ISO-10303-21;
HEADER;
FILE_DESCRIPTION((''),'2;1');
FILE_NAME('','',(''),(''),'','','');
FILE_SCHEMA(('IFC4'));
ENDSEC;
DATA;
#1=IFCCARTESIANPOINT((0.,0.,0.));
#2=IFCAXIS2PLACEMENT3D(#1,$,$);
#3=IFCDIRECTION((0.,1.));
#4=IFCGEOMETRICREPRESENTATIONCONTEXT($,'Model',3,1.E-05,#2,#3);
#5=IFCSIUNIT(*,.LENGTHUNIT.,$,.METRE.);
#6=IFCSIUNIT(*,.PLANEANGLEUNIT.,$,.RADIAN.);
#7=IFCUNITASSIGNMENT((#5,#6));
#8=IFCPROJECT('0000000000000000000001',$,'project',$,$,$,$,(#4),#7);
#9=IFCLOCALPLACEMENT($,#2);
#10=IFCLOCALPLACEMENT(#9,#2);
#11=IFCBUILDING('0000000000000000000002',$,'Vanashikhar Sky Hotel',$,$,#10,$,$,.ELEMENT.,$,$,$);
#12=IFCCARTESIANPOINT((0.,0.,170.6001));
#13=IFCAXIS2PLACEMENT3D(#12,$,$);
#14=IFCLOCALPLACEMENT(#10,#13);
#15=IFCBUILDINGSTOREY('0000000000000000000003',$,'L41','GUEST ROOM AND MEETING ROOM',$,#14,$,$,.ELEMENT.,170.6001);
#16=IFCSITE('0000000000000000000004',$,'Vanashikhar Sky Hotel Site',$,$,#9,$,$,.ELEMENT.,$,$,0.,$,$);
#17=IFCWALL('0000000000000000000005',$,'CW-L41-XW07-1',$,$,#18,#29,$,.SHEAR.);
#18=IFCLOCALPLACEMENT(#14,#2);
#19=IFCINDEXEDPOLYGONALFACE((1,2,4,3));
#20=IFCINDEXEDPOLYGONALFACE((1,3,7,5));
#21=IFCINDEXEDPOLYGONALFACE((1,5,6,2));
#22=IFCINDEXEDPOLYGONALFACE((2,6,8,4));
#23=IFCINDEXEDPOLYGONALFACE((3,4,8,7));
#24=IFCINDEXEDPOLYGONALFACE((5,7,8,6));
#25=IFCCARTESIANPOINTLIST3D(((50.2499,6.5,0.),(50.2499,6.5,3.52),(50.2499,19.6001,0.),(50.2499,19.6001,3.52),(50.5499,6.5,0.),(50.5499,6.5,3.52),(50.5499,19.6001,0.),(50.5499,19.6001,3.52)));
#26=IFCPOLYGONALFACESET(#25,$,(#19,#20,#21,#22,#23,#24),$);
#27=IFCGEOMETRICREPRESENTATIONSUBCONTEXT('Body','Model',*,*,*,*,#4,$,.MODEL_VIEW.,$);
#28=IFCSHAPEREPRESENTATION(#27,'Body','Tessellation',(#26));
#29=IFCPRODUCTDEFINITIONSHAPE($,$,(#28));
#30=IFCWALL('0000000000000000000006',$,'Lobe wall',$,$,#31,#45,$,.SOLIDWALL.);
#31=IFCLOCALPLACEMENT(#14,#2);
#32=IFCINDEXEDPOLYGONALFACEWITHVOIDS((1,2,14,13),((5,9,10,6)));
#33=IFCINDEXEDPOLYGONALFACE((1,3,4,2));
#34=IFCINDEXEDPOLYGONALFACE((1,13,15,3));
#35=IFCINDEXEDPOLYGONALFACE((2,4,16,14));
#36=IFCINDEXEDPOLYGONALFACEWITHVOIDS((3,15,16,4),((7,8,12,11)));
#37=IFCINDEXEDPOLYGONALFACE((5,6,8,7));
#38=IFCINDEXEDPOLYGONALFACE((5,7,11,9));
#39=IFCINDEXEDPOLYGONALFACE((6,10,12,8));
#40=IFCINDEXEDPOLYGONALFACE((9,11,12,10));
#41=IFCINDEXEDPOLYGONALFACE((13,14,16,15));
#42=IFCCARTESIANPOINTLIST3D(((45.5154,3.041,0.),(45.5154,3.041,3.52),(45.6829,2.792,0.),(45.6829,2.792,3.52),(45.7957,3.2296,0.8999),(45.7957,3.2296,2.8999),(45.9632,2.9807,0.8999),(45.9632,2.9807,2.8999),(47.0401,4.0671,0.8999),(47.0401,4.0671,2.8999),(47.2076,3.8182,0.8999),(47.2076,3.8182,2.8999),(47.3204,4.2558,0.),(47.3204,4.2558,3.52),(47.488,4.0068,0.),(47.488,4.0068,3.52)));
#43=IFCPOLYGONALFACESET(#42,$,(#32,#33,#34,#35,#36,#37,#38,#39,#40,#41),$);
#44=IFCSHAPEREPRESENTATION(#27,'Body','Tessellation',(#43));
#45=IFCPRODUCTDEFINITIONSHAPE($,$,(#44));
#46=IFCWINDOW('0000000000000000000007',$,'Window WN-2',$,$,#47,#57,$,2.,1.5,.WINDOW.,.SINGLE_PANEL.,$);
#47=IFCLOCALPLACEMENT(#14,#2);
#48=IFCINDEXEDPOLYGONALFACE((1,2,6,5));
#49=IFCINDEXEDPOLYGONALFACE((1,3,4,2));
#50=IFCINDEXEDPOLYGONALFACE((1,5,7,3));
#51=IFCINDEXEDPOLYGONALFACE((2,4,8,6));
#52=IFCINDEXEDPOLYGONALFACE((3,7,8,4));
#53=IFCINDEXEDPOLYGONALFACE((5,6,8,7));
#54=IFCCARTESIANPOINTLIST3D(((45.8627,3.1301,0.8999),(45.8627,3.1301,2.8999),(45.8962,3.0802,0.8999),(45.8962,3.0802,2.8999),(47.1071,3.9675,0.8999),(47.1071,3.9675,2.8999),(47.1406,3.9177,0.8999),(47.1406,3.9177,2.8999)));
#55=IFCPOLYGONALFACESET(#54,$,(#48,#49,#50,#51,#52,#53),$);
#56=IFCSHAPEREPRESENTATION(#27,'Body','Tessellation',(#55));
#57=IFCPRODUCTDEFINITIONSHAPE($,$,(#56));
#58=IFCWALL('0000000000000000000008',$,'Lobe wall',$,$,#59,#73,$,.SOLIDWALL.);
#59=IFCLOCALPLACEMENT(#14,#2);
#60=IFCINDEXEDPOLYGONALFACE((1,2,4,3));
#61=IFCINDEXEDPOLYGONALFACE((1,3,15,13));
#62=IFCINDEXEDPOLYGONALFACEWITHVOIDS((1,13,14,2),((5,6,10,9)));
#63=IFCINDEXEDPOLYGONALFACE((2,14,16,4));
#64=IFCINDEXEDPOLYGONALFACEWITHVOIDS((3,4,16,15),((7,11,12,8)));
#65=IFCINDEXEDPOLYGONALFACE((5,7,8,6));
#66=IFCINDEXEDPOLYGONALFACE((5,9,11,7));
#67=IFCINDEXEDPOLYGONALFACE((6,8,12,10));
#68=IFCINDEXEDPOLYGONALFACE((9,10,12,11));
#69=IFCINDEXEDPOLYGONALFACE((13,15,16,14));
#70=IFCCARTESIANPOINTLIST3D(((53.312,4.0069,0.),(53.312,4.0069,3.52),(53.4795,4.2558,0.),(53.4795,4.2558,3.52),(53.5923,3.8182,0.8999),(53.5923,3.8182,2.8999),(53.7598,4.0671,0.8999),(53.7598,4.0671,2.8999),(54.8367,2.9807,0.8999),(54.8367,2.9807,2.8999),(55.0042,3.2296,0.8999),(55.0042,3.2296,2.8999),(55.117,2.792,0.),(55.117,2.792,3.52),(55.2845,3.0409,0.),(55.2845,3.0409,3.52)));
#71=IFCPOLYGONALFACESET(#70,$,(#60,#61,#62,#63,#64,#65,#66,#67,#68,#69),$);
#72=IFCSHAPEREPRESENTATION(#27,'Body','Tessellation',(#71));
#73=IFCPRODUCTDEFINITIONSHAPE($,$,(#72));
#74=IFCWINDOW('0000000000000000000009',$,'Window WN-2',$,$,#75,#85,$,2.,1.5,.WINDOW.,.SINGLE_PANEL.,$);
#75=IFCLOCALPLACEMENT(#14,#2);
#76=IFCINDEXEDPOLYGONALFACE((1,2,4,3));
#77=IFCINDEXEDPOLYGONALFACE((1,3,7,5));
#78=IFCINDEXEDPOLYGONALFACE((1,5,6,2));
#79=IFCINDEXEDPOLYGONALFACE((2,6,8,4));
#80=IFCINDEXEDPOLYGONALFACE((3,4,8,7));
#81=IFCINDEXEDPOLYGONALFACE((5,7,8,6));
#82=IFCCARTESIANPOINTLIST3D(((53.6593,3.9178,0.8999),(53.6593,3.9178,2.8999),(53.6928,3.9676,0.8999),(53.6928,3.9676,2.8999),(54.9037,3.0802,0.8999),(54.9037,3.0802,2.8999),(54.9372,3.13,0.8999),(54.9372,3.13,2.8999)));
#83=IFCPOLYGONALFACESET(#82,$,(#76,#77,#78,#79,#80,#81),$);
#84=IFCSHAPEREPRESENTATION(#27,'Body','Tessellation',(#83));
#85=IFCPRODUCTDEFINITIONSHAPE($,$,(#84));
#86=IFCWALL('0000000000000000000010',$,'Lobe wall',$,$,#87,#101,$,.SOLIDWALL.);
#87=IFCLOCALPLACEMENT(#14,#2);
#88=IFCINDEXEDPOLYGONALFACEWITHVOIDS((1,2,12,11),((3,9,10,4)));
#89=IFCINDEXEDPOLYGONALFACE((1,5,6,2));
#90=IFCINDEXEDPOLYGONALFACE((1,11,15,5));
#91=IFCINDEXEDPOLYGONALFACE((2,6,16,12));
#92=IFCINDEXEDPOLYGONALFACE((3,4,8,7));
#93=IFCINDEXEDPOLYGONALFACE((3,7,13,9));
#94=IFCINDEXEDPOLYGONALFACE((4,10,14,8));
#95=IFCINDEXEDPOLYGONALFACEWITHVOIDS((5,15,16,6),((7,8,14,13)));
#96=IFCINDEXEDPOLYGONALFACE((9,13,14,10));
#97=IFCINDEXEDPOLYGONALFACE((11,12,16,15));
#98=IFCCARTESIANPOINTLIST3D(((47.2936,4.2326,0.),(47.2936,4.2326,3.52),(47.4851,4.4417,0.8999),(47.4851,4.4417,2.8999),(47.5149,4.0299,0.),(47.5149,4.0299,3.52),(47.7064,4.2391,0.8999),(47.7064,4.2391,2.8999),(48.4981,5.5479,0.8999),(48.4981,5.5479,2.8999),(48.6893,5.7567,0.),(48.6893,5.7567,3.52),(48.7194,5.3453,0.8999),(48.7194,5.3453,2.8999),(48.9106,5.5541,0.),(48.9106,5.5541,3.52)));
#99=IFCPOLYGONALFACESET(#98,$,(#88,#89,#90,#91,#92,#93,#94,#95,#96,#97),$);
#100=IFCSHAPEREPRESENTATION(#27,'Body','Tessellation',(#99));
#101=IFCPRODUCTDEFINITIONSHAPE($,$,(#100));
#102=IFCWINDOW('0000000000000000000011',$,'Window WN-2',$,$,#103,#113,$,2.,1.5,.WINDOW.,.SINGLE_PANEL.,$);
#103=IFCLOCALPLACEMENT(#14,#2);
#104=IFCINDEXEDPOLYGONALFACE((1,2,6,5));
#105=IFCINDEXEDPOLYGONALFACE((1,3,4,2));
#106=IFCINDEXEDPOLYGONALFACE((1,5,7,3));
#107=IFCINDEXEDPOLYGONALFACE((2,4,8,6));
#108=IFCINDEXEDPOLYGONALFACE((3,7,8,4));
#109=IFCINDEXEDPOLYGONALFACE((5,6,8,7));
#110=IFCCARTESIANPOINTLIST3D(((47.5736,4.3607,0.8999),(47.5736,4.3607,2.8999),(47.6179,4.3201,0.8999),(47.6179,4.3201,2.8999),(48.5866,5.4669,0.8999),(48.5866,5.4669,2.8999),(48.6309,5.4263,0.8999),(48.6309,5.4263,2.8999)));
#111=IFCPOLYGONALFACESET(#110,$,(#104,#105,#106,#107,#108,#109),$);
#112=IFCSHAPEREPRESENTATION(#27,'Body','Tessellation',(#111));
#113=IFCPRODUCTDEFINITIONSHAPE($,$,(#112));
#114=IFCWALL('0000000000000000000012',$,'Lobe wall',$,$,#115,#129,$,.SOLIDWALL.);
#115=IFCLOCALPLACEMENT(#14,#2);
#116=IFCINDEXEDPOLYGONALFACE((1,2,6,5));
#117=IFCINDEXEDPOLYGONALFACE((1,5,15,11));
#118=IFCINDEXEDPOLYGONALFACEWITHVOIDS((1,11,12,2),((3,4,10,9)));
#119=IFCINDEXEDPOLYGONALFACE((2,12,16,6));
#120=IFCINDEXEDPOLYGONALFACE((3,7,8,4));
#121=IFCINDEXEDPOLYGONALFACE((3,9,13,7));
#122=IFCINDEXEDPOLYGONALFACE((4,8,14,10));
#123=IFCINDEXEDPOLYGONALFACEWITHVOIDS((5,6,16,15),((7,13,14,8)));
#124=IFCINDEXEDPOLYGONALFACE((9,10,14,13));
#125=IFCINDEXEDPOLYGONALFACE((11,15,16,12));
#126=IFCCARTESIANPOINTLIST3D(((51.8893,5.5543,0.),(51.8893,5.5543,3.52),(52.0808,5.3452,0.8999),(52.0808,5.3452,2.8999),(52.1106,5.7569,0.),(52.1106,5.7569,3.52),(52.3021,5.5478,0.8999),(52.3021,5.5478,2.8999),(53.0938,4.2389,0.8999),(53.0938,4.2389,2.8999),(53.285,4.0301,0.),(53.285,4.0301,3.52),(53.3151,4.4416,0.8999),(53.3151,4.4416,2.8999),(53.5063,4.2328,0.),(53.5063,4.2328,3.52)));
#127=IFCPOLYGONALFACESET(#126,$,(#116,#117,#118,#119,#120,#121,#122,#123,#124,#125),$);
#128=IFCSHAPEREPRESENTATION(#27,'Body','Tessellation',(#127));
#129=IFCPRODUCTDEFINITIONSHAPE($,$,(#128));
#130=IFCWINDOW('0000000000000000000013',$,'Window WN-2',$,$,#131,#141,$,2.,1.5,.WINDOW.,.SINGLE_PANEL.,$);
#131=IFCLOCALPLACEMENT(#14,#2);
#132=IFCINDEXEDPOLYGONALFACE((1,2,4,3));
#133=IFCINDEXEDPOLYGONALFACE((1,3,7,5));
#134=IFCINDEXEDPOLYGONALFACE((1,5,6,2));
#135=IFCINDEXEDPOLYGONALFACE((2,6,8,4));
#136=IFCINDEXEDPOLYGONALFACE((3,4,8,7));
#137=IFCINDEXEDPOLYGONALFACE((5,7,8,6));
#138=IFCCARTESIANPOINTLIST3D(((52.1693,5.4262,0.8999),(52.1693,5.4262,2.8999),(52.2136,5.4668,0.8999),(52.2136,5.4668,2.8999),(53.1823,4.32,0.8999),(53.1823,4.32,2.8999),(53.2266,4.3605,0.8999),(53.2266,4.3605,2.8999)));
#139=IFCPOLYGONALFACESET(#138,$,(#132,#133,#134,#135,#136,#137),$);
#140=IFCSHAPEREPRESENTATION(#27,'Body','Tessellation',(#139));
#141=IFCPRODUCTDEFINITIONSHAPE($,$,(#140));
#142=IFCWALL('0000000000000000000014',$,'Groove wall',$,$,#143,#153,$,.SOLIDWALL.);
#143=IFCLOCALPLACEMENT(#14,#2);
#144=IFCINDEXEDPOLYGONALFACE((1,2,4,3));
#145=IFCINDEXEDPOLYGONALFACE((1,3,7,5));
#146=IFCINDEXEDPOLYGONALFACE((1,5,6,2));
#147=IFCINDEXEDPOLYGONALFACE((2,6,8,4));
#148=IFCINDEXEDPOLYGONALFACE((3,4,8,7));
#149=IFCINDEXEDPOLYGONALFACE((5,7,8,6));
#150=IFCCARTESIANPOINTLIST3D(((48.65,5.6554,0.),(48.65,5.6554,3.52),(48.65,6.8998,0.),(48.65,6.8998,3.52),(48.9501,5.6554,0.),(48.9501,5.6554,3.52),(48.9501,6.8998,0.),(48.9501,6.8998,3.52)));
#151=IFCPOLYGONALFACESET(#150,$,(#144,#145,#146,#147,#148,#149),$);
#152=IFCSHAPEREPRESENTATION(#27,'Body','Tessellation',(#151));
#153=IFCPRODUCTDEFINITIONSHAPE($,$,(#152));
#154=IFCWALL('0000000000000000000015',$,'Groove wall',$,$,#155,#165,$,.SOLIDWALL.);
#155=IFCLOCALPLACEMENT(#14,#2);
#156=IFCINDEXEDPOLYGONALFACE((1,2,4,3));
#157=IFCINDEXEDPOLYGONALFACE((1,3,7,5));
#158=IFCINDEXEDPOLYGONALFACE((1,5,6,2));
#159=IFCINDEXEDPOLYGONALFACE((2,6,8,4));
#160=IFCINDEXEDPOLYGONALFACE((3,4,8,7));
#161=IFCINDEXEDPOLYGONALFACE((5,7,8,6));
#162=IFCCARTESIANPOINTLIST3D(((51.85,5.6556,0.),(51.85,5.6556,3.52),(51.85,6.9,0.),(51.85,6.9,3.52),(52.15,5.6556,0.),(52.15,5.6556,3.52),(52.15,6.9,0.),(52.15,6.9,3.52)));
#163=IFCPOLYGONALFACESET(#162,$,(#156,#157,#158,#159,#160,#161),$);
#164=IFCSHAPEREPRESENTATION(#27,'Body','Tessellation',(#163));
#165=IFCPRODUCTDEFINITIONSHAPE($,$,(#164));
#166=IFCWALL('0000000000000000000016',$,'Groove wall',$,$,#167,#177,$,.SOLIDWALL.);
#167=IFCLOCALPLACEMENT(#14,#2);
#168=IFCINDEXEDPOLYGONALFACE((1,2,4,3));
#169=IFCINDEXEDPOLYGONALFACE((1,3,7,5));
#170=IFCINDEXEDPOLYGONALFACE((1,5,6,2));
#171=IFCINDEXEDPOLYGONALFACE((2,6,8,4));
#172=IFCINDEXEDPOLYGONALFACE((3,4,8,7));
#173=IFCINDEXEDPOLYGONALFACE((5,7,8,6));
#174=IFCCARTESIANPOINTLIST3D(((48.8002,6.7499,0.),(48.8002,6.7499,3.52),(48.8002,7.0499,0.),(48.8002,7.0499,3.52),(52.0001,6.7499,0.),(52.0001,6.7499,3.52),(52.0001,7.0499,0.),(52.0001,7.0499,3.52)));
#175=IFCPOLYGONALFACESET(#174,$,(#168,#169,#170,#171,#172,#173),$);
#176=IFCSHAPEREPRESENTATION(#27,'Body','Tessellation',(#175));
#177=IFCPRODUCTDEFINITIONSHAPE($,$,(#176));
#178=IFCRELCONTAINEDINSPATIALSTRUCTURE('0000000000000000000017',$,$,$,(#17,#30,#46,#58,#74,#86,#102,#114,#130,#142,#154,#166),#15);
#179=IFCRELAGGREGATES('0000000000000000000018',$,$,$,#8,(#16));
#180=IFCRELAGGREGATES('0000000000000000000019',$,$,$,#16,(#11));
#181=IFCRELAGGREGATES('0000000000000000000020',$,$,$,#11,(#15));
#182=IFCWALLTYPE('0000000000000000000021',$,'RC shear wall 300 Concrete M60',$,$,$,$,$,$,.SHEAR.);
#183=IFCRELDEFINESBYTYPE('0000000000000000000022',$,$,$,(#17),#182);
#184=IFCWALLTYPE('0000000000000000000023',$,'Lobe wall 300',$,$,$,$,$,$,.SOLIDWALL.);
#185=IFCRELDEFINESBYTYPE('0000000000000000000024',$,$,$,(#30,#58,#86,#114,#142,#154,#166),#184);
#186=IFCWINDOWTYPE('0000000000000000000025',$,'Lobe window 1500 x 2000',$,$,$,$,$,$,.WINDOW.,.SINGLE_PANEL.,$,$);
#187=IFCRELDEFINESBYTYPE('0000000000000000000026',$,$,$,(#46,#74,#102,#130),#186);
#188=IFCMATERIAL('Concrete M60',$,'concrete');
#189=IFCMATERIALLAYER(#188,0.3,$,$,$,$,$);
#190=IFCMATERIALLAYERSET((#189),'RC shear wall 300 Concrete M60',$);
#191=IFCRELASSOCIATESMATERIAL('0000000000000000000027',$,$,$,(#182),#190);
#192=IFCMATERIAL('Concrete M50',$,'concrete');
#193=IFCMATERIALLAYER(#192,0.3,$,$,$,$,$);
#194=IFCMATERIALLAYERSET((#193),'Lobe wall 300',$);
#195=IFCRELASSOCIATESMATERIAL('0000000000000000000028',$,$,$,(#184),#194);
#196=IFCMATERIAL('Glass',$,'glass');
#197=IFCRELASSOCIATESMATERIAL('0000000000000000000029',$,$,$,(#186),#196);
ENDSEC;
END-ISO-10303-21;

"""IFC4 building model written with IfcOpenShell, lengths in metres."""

from ifc_helpers import new_model, si_unit, direction, frame, frame_2d, origin, place, context, subcontext, project, spatial, rectangle, extrude, source, transform, mapped, material, layer, layer_set, type_object, element, fill, save


model = new_model("IFC4")

# Units and contexts
model_context = context("Model", 3, precision=1e-05, world=origin(), true_north=direction((0.0, 1.0)))
body_context = subcontext(model_context, "Body", "Model", "MODEL_VIEW")
ifc_project = project(units=[si_unit("LENGTHUNIT", "METRE"), si_unit("PLANEANGLEUNIT", "RADIAN")], contexts=[model_context])

# Site, building, storey
site_placement = place(None, origin())
site = spatial("IfcSite", under=ifc_project, at=site_placement, Name="Vanashikhar Sky Hotel Site", CompositionType="ELEMENT", RefElevation=0.0)
building_placement = place(site_placement, origin())
building = spatial("IfcBuilding", under=site, at=building_placement, Name="Vanashikhar Sky Hotel", CompositionType="ELEMENT")
storey_placement = place(building_placement, frame((0.0, 0.0, 170.6001)))
storey = spatial("IfcBuildingStorey", under=building, at=storey_placement, Name="L41", Description="GUEST ROOM AND MEETING ROOM", CompositionType="ELEMENT", Elevation=170.6001)

# Wall
ifc_material_1 = material(Name="Concrete M60", Category="concrete")
ifc_layer_1 = layer(ifc_material_1, 0.3)
ifc_layer_set_1 = layer_set([ifc_layer_1], Name="RC shear wall 300 Concrete M60")
wall_type_1 = type_object("IfcWallType", Name="RC shear wall 300 Concrete M60", PredefinedType="SHEAR", material=ifc_layer_set_1)
shared_shape_1 = source(origin(), body_context, "Body", "SweptSolid", [
    extrude(rectangle(XDim=13.1001, YDim=0.3, at=frame_2d((6.55, 0.0))), origin(), (0.0, 0.0, 1.0), 3.52),
])
wall_1_placement = place(storey_placement, frame((50.3999, 6.5, 0.0), z_axis=(0.0, 0.0, 1.0), x_axis=(0.0, 1.0, 0.0)))
element("IfcWall", 1, at=wall_1_placement, inside=storey, type_object=wall_type_1, Name="CW-L41-XW07-1", PredefinedType="SHEAR", context=body_context, shape_type="MappedRepresentation", body=[
    mapped(shared_shape_1, transform((0.0, 0.0, 0.0), scale=1.0)),
])

# Walls, openings, windows
ifc_material_2 = material(Name="Concrete M50", Category="concrete")
ifc_layer_2 = layer(ifc_material_2, 0.3)
ifc_layer_set_2 = layer_set([ifc_layer_2], Name="Lobe wall 300")
wall_type_2 = type_object("IfcWallType", Name="Lobe wall 300", PredefinedType="SOLIDWALL", material=ifc_layer_set_2)
shared_shape_2 = source(origin(), body_context, "Body", "SweptSolid", [
    extrude(rectangle(XDim=2.1758, YDim=0.3, at=frame_2d((1.0879, 0.0))), origin(), (0.0, 0.0, 1.0), 3.52),
])
wall_2_placement = place(storey_placement, frame((45.5991, 2.9165, 0.0), z_axis=(0.0, 0.0, 1.0), x_axis=(0.829626, 0.55832, 0.0)))
wall_2 = element("IfcWall", 2, at=wall_2_placement, inside=storey, type_object=wall_type_2, Name="Lobe wall", PredefinedType="SOLIDWALL", context=body_context, shape_type="MappedRepresentation", body=[
    mapped(shared_shape_2, transform((0.0, 0.0, 0.0), scale=1.0)),
])
shared_shape_3 = source(origin(), body_context, "Body", "SweptSolid", [
    extrude(rectangle(XDim=1.5, YDim=2.0, at=frame_2d((0.75, 1.0))), frame((0.0, 0.1602, 0.0), z_axis=(0.0, -1.0, 0.0), x_axis=(1.0, 0.0, 0.0)), (0.0, 0.0, 1.0), 0.3201),
])
opening_1_placement = place(wall_2_placement, frame((0.3379, 0.0, 0.8999)))
opening_1 = element("IfcOpeningElement", 3, at=opening_1_placement, cuts=wall_2, PredefinedType="OPENING", context=body_context, shape_type="MappedRepresentation", body=[
    mapped(shared_shape_3, transform((0.0, 0.0, 0.0), scale=1.0)),
])
ifc_material_3 = material(Name="Glass", Category="glass")
window_type = type_object("IfcWindowType", Name="Lobe window 1500 x 2000", PartitioningType="SINGLE_PANEL", PredefinedType="WINDOW", material=ifc_material_3)
shared_shape_4 = source(origin(), body_context, "Body", "SweptSolid", [
    extrude(rectangle(XDim=1.5, YDim=2.0, at=frame_2d((0.75, 1.0))), frame((0.0, 0.03, 0.0), z_axis=(0.0, -1.0, 0.0), x_axis=(1.0, 0.0, 0.0)), (0.0, 0.0, 1.0), 0.0601),
])
window_1_placement = place(opening_1_placement, origin())
window_1 = element("IfcWindow", 4, at=window_1_placement, inside=storey, type_object=window_type, Name="Window WN-2", OverallHeight=2.0, OverallWidth=1.5, PartitioningType="SINGLE_PANEL", PredefinedType="WINDOW", context=body_context, shape_type="MappedRepresentation", body=[
    mapped(shared_shape_4, transform((0.0, 0.0, 0.0), scale=1.0)),
])
fill(opening_1, window_1)
wall_3_placement = place(storey_placement, frame((53.3958, 4.1313, 0.0), z_axis=(0.0, 0.0, 1.0), x_axis=(0.829591, -0.558372, 0.0)))
wall_3 = element("IfcWall", 5, at=wall_3_placement, inside=storey, type_object=wall_type_2, Name="Lobe wall", PredefinedType="SOLIDWALL", context=body_context, shape_type="MappedRepresentation", body=[
    mapped(shared_shape_2, transform((0.0, 0.0, 0.0), scale=1.0)),
])
opening_2_placement = place(wall_3_placement, frame((0.3379, 0.0, 0.8999)))
opening_2 = element("IfcOpeningElement", 6, at=opening_2_placement, cuts=wall_3, PredefinedType="OPENING", context=body_context, shape_type="MappedRepresentation", body=[
    mapped(shared_shape_3, transform((0.0, 0.0, 0.0), scale=1.0)),
])
window_2_placement = place(opening_2_placement, origin())
window_2 = element("IfcWindow", 7, at=window_2_placement, inside=storey, type_object=window_type, Name="Window WN-2", OverallHeight=2.0, OverallWidth=1.5, PartitioningType="SINGLE_PANEL", PredefinedType="WINDOW", context=body_context, shape_type="MappedRepresentation", body=[
    mapped(shared_shape_4, transform((0.0, 0.0, 0.0), scale=1.0)),
])
fill(opening_2, window_2)
shared_shape_5 = source(origin(), body_context, "Body", "SweptSolid", [
    extrude(rectangle(XDim=2.0667, YDim=0.3, at=frame_2d((1.0332, 0.0))), origin(), (0.0, 0.0, 1.0), 3.52),
])
wall_4_placement = place(storey_placement, frame((47.4043, 4.1313, 0.0), z_axis=(0.0, 0.0, 1.0), x_axis=(0.675355, 0.737492, 0.0)))
wall_4 = element("IfcWall", 8, at=wall_4_placement, inside=storey, type_object=wall_type_2, Name="Lobe wall", PredefinedType="SOLIDWALL", context=body_context, shape_type="MappedRepresentation", body=[
    mapped(shared_shape_5, transform((0.0, 0.0, 0.0), scale=1.0)),
])
opening_3_placement = place(wall_4_placement, frame((0.2834, 0.0, 0.8999)))
opening_3 = element("IfcOpeningElement", 9, at=opening_3_placement, cuts=wall_4, PredefinedType="OPENING", context=body_context, shape_type="MappedRepresentation", body=[
    mapped(shared_shape_3, transform((0.0, 0.0, 0.0), scale=1.0)),
])
window_3_placement = place(opening_3_placement, origin())
window_3 = element("IfcWindow", 10, at=window_3_placement, inside=storey, type_object=window_type, Name="Window WN-2", OverallHeight=2.0, OverallWidth=1.5, PartitioningType="SINGLE_PANEL", PredefinedType="WINDOW", context=body_context, shape_type="MappedRepresentation", body=[
    mapped(shared_shape_4, transform((0.0, 0.0, 0.0), scale=1.0)),
])
fill(opening_3, window_3)
wall_5_placement = place(storey_placement, frame((52.0, 5.6555, 0.0), z_axis=(0.0, 0.0, 1.0), x_axis=(0.675355, -0.737492, 0.0)))
wall_5 = element("IfcWall", 11, at=wall_5_placement, inside=storey, type_object=wall_type_2, Name="Lobe wall", PredefinedType="SOLIDWALL", context=body_context, shape_type="MappedRepresentation", body=[
    mapped(shared_shape_5, transform((0.0, 0.0, 0.0), scale=1.0)),
])
opening_4_placement = place(wall_5_placement, frame((0.2834, 0.0, 0.8999)))
opening_4 = element("IfcOpeningElement", 12, at=opening_4_placement, cuts=wall_5, PredefinedType="OPENING", context=body_context, shape_type="MappedRepresentation", body=[
    mapped(shared_shape_3, transform((0.0, 0.0, 0.0), scale=1.0)),
])
window_4_placement = place(opening_4_placement, origin())
window_4 = element("IfcWindow", 13, at=window_4_placement, inside=storey, type_object=window_type, Name="Window WN-2", OverallHeight=2.0, OverallWidth=1.5, PartitioningType="SINGLE_PANEL", PredefinedType="WINDOW", context=body_context, shape_type="MappedRepresentation", body=[
    mapped(shared_shape_4, transform((0.0, 0.0, 0.0), scale=1.0)),
])
fill(opening_4, window_4)

# Walls
shared_shape_6 = source(origin(), body_context, "Body", "SweptSolid", [
    extrude(rectangle(XDim=1.2444, YDim=0.3, at=frame_2d((0.6221, 0.0))), origin(), (0.0, 0.0, 1.0), 3.52),
])
for number, where, z_axis, x_axis, name in (
    (14, (48.8, 5.6555, 0.0), (0.0, 0.0, 1.0), (0.0, 1.0, 0.0), "Groove wall"),
    (15, (52.0, 6.8999, 0.0), (0.0, 0.0, 1.0), (0.0, -1.0, 0.0), "Groove wall"),
):
    element("IfcWall", number, at=place(storey_placement, frame(where, z_axis=z_axis, x_axis=x_axis)), inside=storey, type_object=wall_type_2, Name=name, PredefinedType="SOLIDWALL", context=body_context, shape_type="MappedRepresentation", body=[
        mapped(shared_shape_6, transform((0.0, 0.0, 0.0), scale=1.0)),
    ])
shared_shape_7 = source(origin(), body_context, "Body", "SweptSolid", [
    extrude(rectangle(XDim=3.2, YDim=0.3, at=frame_2d((1.6001, 0.0))), origin(), (0.0, 0.0, 1.0), 3.52),
])
wall_6_placement = place(storey_placement, frame((48.8, 6.8999, 0.0), z_axis=(0.0, 0.0, 1.0), x_axis=(1.0, 0.0, 0.0)))
element("IfcWall", 16, at=wall_6_placement, inside=storey, type_object=wall_type_2, Name="Groove wall", PredefinedType="SOLIDWALL", context=body_context, shape_type="MappedRepresentation", body=[
    mapped(shared_shape_7, transform((0.0, 0.0, 0.0), scale=1.0)),
])

save(model, "model.ifc")
